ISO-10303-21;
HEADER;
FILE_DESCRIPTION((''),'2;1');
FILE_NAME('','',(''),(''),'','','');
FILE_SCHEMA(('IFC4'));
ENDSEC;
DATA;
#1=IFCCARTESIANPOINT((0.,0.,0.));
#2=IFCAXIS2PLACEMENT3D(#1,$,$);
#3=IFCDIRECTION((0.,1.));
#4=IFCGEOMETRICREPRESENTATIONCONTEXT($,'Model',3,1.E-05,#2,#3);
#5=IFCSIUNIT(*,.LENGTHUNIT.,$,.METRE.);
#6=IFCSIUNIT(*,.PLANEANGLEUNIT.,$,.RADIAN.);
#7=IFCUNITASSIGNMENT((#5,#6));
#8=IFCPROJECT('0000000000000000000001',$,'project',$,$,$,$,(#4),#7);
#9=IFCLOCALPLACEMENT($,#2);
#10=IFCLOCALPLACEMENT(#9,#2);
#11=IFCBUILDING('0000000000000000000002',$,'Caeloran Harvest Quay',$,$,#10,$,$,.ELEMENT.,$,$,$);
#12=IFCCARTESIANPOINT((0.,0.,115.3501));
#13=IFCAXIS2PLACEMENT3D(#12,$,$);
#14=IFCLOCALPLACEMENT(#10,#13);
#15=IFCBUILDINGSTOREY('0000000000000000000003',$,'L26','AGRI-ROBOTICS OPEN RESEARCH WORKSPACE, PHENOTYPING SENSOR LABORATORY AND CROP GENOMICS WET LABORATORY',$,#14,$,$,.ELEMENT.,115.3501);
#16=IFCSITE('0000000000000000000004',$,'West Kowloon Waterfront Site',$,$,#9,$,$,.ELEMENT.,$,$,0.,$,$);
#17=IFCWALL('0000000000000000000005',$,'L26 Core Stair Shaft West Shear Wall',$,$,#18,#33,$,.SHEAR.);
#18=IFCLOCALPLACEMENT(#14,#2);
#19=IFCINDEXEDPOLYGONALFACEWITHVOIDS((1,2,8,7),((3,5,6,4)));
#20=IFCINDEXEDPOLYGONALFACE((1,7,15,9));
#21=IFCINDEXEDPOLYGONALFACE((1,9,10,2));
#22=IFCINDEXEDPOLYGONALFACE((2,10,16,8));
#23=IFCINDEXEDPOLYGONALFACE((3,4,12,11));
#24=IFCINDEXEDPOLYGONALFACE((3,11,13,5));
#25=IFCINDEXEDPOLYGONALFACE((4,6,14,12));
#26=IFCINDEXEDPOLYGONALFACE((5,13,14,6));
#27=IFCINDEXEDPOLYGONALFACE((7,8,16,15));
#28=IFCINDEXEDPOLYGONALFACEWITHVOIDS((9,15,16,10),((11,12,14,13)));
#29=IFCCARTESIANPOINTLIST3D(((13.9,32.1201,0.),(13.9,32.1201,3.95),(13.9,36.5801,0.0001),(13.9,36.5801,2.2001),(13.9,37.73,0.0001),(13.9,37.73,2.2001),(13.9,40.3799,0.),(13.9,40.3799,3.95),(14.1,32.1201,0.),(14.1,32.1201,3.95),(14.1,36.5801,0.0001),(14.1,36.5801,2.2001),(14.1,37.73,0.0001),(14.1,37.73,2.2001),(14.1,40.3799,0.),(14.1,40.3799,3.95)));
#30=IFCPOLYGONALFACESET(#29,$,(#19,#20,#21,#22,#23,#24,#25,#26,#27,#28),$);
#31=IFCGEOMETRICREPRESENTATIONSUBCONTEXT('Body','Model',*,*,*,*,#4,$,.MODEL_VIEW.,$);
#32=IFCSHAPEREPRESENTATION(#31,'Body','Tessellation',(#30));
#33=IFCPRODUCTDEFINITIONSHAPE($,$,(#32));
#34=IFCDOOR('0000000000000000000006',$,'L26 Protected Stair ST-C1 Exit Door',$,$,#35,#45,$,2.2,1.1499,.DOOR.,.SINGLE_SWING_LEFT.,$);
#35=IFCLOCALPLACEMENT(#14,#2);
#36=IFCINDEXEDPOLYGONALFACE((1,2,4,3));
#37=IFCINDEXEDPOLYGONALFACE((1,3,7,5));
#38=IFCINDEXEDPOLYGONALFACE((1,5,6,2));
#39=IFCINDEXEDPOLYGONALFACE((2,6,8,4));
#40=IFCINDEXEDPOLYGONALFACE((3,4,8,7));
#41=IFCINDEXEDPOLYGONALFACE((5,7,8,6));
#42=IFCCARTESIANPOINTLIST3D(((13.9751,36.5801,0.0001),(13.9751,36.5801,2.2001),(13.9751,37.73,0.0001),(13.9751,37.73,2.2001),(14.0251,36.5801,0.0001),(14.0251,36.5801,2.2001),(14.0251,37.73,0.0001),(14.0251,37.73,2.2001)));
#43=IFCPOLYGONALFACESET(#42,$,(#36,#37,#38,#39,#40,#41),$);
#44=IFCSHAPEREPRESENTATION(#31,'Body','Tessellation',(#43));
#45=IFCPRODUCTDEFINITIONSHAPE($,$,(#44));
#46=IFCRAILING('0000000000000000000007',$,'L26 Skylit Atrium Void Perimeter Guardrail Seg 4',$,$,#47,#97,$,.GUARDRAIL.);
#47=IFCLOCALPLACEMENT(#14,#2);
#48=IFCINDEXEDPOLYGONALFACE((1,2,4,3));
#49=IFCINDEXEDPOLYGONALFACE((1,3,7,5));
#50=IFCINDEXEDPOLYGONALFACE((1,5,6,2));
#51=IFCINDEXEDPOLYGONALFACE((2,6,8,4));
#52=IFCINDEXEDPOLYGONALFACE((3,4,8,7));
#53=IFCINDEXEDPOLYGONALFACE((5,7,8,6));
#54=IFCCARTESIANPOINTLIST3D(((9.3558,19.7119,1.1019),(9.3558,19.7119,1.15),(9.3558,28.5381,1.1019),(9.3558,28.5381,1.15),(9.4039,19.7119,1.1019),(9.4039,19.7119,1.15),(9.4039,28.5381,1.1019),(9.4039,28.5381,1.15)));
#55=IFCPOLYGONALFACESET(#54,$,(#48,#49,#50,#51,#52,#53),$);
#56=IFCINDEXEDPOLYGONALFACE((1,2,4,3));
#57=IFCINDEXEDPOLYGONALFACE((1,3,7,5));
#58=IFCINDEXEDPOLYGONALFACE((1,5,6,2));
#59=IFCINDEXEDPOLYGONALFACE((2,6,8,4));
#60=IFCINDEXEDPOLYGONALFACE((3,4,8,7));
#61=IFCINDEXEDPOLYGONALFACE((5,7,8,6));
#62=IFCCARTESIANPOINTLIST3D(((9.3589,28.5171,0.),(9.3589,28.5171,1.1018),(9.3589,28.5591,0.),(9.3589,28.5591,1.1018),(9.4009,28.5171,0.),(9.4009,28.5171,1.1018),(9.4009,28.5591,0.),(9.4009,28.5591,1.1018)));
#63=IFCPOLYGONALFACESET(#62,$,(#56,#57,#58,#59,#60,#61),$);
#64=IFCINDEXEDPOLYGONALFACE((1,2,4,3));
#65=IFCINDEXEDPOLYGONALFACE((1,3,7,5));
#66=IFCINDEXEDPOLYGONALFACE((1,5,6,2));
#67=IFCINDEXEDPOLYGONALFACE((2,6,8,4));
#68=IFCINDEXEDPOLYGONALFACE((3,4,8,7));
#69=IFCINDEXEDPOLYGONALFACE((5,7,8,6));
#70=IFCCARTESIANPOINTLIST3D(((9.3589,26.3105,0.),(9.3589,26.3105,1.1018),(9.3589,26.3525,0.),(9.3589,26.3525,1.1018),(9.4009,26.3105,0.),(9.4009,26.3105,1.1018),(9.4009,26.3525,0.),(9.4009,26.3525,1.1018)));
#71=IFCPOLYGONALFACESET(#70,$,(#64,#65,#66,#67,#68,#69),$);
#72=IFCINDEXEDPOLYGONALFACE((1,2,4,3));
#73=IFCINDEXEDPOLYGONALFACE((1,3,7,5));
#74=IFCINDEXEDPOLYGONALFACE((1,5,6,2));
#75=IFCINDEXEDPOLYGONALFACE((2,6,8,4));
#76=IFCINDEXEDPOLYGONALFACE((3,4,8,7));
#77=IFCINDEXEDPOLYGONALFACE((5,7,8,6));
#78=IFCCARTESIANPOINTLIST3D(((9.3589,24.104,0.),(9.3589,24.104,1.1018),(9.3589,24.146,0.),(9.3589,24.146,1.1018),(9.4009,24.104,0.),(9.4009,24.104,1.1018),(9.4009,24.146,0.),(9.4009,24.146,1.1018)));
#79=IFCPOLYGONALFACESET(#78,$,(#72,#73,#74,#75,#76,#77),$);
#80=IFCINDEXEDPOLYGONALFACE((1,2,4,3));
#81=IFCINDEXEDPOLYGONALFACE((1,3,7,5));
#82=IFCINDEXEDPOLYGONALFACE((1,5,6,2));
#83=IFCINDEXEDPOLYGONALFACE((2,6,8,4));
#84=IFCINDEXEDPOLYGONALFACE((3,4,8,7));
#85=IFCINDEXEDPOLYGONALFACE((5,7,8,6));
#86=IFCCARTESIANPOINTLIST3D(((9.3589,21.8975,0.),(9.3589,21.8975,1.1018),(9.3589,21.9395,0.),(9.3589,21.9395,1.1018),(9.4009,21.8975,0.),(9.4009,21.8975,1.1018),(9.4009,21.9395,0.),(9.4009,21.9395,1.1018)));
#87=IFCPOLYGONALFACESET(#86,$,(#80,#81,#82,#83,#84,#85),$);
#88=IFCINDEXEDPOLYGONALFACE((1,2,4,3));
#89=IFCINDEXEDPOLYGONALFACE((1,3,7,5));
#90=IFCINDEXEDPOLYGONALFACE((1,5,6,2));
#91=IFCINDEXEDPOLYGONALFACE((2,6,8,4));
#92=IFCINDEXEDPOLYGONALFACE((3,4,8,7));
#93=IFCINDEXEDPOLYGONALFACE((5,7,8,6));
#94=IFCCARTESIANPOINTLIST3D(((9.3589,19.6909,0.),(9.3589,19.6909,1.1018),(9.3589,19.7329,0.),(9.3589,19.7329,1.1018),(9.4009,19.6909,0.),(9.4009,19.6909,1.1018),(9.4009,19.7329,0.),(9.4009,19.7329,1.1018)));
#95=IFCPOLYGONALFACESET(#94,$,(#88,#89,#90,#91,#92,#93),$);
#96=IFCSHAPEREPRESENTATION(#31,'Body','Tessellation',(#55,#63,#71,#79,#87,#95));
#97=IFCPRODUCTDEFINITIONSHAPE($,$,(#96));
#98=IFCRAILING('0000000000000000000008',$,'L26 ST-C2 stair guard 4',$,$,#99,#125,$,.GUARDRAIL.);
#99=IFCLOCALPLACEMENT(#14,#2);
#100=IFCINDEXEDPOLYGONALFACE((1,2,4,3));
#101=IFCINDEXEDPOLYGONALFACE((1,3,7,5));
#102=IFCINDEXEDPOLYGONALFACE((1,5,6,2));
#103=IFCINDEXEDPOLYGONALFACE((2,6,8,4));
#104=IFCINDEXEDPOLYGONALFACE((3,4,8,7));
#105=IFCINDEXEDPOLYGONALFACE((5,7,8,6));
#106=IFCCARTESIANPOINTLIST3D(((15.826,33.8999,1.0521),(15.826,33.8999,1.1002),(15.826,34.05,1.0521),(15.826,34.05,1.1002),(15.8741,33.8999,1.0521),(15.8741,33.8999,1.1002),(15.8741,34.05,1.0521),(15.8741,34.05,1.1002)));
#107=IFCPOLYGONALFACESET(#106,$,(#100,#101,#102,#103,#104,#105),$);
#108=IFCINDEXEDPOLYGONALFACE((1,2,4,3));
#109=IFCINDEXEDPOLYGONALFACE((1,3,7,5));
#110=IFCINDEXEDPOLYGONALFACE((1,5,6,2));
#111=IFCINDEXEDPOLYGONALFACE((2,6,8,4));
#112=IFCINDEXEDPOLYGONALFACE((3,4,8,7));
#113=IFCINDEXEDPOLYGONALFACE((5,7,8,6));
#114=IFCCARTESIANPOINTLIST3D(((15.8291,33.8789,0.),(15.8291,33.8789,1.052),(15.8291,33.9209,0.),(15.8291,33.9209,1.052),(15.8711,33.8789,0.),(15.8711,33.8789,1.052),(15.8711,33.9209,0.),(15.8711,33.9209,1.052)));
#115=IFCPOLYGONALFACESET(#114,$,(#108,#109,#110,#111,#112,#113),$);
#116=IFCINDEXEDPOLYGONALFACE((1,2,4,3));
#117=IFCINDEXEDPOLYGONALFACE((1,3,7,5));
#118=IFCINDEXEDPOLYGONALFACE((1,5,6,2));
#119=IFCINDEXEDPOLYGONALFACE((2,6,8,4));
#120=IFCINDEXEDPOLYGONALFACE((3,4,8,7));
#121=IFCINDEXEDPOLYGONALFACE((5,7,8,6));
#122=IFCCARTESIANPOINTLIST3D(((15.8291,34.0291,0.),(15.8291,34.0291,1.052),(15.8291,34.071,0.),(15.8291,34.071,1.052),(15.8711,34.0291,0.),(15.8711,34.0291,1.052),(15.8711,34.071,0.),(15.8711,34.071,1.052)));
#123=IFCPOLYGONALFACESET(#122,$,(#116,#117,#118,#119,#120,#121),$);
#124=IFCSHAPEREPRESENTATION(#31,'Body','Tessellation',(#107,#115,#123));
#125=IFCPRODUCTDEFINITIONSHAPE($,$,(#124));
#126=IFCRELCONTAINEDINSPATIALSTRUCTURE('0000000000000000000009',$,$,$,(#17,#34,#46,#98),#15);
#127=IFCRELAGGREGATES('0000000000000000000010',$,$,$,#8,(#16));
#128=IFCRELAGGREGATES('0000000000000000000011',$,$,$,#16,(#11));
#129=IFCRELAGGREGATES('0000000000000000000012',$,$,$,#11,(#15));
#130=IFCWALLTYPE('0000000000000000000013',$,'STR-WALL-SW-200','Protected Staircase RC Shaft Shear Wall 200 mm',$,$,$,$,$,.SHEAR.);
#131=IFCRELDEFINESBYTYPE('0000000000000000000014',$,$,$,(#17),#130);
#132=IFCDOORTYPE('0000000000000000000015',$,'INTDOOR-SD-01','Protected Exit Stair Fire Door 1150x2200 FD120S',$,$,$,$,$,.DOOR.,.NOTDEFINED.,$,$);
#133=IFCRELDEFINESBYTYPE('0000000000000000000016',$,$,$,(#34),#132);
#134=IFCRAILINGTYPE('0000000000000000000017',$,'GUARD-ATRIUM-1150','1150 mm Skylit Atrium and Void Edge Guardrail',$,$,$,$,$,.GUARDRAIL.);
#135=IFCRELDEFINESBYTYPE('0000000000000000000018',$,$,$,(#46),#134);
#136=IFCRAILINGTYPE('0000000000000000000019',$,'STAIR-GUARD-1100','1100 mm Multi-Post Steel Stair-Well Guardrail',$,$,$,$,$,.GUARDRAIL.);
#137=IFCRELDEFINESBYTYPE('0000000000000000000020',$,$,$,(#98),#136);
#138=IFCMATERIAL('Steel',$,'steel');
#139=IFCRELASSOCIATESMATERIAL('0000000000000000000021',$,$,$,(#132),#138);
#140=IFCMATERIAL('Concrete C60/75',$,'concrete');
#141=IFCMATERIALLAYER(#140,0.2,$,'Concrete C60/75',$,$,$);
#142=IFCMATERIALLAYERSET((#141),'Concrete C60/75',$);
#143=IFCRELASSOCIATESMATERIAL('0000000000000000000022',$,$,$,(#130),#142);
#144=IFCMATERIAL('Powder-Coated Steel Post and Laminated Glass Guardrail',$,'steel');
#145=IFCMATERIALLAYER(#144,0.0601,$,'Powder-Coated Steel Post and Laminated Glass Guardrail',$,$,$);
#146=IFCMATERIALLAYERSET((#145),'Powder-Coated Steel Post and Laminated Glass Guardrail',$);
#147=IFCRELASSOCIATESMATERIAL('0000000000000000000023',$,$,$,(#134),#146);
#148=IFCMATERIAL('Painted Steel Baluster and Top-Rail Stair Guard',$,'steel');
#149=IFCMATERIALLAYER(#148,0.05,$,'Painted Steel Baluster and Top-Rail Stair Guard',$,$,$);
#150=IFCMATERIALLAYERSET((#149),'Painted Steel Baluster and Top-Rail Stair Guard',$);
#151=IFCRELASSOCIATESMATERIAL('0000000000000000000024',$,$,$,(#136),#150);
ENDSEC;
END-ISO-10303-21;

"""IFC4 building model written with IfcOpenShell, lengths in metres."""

from ifc_helpers import new_model, si_unit, direction, frame, frame_2d, origin, origin_2d, place, context, subcontext, project, spatial, rectangle, extrude, material, layer, layer_set, type_object, element, fill, save


model = new_model("IFC4")

# Units and contexts
model_context = context("Model", 3, precision=1e-05, world=origin(), true_north=direction((0.0, 1.0)))
body_context = subcontext(model_context, "Body", "Model", "MODEL_VIEW")
ifc_project = project(units=[si_unit("LENGTHUNIT", "METRE"), si_unit("PLANEANGLEUNIT", "RADIAN")], contexts=[model_context])

# Site, building, storey
site_placement = place(None, origin())
site = spatial("IfcSite", under=ifc_project, at=site_placement, Name="West Kowloon Waterfront Site", CompositionType="ELEMENT", RefElevation=0.0)
building_placement = place(site_placement, origin())
building = spatial("IfcBuilding", under=site, at=building_placement, Name="Caeloran Harvest Quay", CompositionType="ELEMENT")
storey_placement = place(building_placement, frame((0.0, 0.0, 115.3501)))
storey = spatial("IfcBuildingStorey", under=building, at=storey_placement, Name="L26", Description="AGRI-ROBOTICS OPEN RESEARCH WORKSPACE, PHENOTYPING SENSOR LABORATORY AND CROP GENOMICS WET LABORATORY", CompositionType="ELEMENT", Elevation=115.3501)

# Shared definitions
ifc_material_1 = material(Name="Concrete C60/75", Category="concrete")

# Shared definitions
ifc_material_2 = material(Name="Steel", Category="steel")

# Shared definitions
door_type_1 = type_object("IfcDoorType", Name="INTDOOR-SD-01", Description="Protected Exit Stair Fire Door 1150x2200 FD120S", OperationType="NOTDEFINED", PredefinedType="DOOR", material=ifc_material_2)

# Wall, opening, door
ifc_layer_1 = layer(ifc_material_1, 0.2, Name="Concrete C60/75")
ifc_layer_set_1 = layer_set([ifc_layer_1], Name="Concrete C60/75")
wall_type_1 = type_object("IfcWallType", Name="STR-WALL-SW-200", Description="Protected Staircase RC Shaft Shear Wall 200 mm", PredefinedType="SHEAR", material=ifc_layer_set_1)
wall_1_placement = place(storey_placement, frame((14.0, 32.1201, 0.0), z_axis=(0.0, 0.0, 1.0), x_axis=(0.0, 1.0, 0.0)))
wall_1 = element("IfcWall", 1, at=wall_1_placement, inside=storey, type_object=wall_type_1, Name="L26 Core Stair Shaft West Shear Wall", PredefinedType="SHEAR", context=body_context, shape_type="SweptSolid", body=[
    extrude(rectangle(XDim=8.2598, YDim=0.2, at=frame_2d((4.1299, 0.0))), origin(), (0.0, 0.0, 1.0), 3.95),
])
opening_1_placement = place(wall_1_placement, frame((4.46, 0.0, 0.0)))
opening_1 = element("IfcOpeningElement", 2, at=opening_1_placement, cuts=wall_1, PredefinedType="OPENING", context=body_context, shape_type="SweptSolid", body=[
    extrude(rectangle(XDim=1.1499, YDim=2.2, at=frame_2d((0.575, 1.1001))), frame((0.0, 0.1099, 0.0), z_axis=(0.0, -1.0, 0.0), x_axis=(1.0, 0.0, 0.0)), (0.0, 0.0, 1.0), 0.22),
])
door_1_placement = place(opening_1_placement, origin())
door_1 = element("IfcDoor", 3, at=door_1_placement, inside=storey, type_object=door_type_1, Name="L26 Protected Stair ST-C1 Exit Door", OperationType="SINGLE_SWING_LEFT", OverallHeight=2.2, OverallWidth=1.1499, PredefinedType="DOOR", context=body_context, shape_type="SweptSolid", body=[
    extrude(rectangle(XDim=1.1499, YDim=2.2, at=frame_2d((0.575, 1.1001))), frame((0.0, 0.0249, 0.0), z_axis=(0.0, -1.0, 0.0), x_axis=(1.0, 0.0, 0.0)), (0.0, 0.0, 1.0), 0.05),
])
fill(opening_1, door_1)

# Railings
ifc_material_3 = material(Name="Powder-Coated Steel Post and Laminated Glass Guardrail", Category="steel")
ifc_layer_2 = layer(ifc_material_3, 0.0601, Name="Powder-Coated Steel Post and Laminated Glass Guardrail")
ifc_layer_set_2 = layer_set([ifc_layer_2], Name="Powder-Coated Steel Post and Laminated Glass Guardrail")
railing_type_1 = type_object("IfcRailingType", Name="GUARD-ATRIUM-1150", Description="1150 mm Skylit Atrium and Void Edge Guardrail", PredefinedType="GUARDRAIL", material=ifc_layer_set_2)
railing_1_placement = place(storey_placement, frame((9.3799, 28.5381, 0.0)))
element("IfcRailing", 4, at=railing_1_placement, inside=storey, type_object=railing_type_1, Name="L26 Skylit Atrium Void Perimeter Guardrail Seg 4", PredefinedType="GUARDRAIL", context=body_context, shape_type="SweptSolid", body=[
    extrude(rectangle(XDim=0.0481, YDim=0.0481, at=origin_2d()), frame((0.0, 0.0, 1.126), z_axis=(0.0, -1.0, 0.0), x_axis=(1.0, 0.0, 0.0)), (0.0, 0.0, 1.0), 8.8262),
    extrude(rectangle(XDim=0.042, YDim=0.042, at=origin_2d()), origin(), (0.0, 0.0, 1.0), 1.1018),
    extrude(rectangle(XDim=0.042, YDim=0.042, at=origin_2d()), frame((0.0, -2.2065, 0.0)), (0.0, 0.0, 1.0), 1.1018),
    extrude(rectangle(XDim=0.042, YDim=0.042, at=origin_2d()), frame((0.0, -4.4131, 0.0)), (0.0, 0.0, 1.0), 1.1018),
    extrude(rectangle(XDim=0.042, YDim=0.042, at=origin_2d()), frame((0.0, -6.6196, 0.0)), (0.0, 0.0, 1.0), 1.1018),
    extrude(rectangle(XDim=0.042, YDim=0.042, at=origin_2d()), frame((0.0, -8.8262, 0.0)), (0.0, 0.0, 1.0), 1.1018),
])
ifc_material_4 = material(Name="Painted Steel Baluster and Top-Rail Stair Guard", Category="steel")
ifc_layer_3 = layer(ifc_material_4, 0.05, Name="Painted Steel Baluster and Top-Rail Stair Guard")
ifc_layer_set_3 = layer_set([ifc_layer_3], Name="Painted Steel Baluster and Top-Rail Stair Guard")
railing_type_2 = type_object("IfcRailingType", Name="STAIR-GUARD-1100", Description="1100 mm Multi-Post Steel Stair-Well Guardrail", PredefinedType="GUARDRAIL", material=ifc_layer_set_3)
railing_2_placement = place(storey_placement, frame((15.8501, 33.8999, 0.0)))
element("IfcRailing", 5, at=railing_2_placement, inside=storey, type_object=railing_type_2, Name="L26 ST-C2 stair guard 4", PredefinedType="GUARDRAIL", context=body_context, shape_type="SweptSolid", body=[
    extrude(rectangle(XDim=0.0481, YDim=0.0481, at=origin_2d()), frame((0.0, 0.0, 1.0762), z_axis=(0.0, 1.0, 0.0), x_axis=(-1.0, 0.0, 0.0)), (0.0, 0.0, 1.0), 0.1501),
    extrude(rectangle(XDim=0.042, YDim=0.042, at=origin_2d()), origin(), (0.0, 0.0, 1.0), 1.052),
    extrude(rectangle(XDim=0.042, YDim=0.042, at=origin_2d()), frame((0.0, 0.1501, 0.0)), (0.0, 0.0, 1.0), 1.052),
])

save(model, "model.ifc")
